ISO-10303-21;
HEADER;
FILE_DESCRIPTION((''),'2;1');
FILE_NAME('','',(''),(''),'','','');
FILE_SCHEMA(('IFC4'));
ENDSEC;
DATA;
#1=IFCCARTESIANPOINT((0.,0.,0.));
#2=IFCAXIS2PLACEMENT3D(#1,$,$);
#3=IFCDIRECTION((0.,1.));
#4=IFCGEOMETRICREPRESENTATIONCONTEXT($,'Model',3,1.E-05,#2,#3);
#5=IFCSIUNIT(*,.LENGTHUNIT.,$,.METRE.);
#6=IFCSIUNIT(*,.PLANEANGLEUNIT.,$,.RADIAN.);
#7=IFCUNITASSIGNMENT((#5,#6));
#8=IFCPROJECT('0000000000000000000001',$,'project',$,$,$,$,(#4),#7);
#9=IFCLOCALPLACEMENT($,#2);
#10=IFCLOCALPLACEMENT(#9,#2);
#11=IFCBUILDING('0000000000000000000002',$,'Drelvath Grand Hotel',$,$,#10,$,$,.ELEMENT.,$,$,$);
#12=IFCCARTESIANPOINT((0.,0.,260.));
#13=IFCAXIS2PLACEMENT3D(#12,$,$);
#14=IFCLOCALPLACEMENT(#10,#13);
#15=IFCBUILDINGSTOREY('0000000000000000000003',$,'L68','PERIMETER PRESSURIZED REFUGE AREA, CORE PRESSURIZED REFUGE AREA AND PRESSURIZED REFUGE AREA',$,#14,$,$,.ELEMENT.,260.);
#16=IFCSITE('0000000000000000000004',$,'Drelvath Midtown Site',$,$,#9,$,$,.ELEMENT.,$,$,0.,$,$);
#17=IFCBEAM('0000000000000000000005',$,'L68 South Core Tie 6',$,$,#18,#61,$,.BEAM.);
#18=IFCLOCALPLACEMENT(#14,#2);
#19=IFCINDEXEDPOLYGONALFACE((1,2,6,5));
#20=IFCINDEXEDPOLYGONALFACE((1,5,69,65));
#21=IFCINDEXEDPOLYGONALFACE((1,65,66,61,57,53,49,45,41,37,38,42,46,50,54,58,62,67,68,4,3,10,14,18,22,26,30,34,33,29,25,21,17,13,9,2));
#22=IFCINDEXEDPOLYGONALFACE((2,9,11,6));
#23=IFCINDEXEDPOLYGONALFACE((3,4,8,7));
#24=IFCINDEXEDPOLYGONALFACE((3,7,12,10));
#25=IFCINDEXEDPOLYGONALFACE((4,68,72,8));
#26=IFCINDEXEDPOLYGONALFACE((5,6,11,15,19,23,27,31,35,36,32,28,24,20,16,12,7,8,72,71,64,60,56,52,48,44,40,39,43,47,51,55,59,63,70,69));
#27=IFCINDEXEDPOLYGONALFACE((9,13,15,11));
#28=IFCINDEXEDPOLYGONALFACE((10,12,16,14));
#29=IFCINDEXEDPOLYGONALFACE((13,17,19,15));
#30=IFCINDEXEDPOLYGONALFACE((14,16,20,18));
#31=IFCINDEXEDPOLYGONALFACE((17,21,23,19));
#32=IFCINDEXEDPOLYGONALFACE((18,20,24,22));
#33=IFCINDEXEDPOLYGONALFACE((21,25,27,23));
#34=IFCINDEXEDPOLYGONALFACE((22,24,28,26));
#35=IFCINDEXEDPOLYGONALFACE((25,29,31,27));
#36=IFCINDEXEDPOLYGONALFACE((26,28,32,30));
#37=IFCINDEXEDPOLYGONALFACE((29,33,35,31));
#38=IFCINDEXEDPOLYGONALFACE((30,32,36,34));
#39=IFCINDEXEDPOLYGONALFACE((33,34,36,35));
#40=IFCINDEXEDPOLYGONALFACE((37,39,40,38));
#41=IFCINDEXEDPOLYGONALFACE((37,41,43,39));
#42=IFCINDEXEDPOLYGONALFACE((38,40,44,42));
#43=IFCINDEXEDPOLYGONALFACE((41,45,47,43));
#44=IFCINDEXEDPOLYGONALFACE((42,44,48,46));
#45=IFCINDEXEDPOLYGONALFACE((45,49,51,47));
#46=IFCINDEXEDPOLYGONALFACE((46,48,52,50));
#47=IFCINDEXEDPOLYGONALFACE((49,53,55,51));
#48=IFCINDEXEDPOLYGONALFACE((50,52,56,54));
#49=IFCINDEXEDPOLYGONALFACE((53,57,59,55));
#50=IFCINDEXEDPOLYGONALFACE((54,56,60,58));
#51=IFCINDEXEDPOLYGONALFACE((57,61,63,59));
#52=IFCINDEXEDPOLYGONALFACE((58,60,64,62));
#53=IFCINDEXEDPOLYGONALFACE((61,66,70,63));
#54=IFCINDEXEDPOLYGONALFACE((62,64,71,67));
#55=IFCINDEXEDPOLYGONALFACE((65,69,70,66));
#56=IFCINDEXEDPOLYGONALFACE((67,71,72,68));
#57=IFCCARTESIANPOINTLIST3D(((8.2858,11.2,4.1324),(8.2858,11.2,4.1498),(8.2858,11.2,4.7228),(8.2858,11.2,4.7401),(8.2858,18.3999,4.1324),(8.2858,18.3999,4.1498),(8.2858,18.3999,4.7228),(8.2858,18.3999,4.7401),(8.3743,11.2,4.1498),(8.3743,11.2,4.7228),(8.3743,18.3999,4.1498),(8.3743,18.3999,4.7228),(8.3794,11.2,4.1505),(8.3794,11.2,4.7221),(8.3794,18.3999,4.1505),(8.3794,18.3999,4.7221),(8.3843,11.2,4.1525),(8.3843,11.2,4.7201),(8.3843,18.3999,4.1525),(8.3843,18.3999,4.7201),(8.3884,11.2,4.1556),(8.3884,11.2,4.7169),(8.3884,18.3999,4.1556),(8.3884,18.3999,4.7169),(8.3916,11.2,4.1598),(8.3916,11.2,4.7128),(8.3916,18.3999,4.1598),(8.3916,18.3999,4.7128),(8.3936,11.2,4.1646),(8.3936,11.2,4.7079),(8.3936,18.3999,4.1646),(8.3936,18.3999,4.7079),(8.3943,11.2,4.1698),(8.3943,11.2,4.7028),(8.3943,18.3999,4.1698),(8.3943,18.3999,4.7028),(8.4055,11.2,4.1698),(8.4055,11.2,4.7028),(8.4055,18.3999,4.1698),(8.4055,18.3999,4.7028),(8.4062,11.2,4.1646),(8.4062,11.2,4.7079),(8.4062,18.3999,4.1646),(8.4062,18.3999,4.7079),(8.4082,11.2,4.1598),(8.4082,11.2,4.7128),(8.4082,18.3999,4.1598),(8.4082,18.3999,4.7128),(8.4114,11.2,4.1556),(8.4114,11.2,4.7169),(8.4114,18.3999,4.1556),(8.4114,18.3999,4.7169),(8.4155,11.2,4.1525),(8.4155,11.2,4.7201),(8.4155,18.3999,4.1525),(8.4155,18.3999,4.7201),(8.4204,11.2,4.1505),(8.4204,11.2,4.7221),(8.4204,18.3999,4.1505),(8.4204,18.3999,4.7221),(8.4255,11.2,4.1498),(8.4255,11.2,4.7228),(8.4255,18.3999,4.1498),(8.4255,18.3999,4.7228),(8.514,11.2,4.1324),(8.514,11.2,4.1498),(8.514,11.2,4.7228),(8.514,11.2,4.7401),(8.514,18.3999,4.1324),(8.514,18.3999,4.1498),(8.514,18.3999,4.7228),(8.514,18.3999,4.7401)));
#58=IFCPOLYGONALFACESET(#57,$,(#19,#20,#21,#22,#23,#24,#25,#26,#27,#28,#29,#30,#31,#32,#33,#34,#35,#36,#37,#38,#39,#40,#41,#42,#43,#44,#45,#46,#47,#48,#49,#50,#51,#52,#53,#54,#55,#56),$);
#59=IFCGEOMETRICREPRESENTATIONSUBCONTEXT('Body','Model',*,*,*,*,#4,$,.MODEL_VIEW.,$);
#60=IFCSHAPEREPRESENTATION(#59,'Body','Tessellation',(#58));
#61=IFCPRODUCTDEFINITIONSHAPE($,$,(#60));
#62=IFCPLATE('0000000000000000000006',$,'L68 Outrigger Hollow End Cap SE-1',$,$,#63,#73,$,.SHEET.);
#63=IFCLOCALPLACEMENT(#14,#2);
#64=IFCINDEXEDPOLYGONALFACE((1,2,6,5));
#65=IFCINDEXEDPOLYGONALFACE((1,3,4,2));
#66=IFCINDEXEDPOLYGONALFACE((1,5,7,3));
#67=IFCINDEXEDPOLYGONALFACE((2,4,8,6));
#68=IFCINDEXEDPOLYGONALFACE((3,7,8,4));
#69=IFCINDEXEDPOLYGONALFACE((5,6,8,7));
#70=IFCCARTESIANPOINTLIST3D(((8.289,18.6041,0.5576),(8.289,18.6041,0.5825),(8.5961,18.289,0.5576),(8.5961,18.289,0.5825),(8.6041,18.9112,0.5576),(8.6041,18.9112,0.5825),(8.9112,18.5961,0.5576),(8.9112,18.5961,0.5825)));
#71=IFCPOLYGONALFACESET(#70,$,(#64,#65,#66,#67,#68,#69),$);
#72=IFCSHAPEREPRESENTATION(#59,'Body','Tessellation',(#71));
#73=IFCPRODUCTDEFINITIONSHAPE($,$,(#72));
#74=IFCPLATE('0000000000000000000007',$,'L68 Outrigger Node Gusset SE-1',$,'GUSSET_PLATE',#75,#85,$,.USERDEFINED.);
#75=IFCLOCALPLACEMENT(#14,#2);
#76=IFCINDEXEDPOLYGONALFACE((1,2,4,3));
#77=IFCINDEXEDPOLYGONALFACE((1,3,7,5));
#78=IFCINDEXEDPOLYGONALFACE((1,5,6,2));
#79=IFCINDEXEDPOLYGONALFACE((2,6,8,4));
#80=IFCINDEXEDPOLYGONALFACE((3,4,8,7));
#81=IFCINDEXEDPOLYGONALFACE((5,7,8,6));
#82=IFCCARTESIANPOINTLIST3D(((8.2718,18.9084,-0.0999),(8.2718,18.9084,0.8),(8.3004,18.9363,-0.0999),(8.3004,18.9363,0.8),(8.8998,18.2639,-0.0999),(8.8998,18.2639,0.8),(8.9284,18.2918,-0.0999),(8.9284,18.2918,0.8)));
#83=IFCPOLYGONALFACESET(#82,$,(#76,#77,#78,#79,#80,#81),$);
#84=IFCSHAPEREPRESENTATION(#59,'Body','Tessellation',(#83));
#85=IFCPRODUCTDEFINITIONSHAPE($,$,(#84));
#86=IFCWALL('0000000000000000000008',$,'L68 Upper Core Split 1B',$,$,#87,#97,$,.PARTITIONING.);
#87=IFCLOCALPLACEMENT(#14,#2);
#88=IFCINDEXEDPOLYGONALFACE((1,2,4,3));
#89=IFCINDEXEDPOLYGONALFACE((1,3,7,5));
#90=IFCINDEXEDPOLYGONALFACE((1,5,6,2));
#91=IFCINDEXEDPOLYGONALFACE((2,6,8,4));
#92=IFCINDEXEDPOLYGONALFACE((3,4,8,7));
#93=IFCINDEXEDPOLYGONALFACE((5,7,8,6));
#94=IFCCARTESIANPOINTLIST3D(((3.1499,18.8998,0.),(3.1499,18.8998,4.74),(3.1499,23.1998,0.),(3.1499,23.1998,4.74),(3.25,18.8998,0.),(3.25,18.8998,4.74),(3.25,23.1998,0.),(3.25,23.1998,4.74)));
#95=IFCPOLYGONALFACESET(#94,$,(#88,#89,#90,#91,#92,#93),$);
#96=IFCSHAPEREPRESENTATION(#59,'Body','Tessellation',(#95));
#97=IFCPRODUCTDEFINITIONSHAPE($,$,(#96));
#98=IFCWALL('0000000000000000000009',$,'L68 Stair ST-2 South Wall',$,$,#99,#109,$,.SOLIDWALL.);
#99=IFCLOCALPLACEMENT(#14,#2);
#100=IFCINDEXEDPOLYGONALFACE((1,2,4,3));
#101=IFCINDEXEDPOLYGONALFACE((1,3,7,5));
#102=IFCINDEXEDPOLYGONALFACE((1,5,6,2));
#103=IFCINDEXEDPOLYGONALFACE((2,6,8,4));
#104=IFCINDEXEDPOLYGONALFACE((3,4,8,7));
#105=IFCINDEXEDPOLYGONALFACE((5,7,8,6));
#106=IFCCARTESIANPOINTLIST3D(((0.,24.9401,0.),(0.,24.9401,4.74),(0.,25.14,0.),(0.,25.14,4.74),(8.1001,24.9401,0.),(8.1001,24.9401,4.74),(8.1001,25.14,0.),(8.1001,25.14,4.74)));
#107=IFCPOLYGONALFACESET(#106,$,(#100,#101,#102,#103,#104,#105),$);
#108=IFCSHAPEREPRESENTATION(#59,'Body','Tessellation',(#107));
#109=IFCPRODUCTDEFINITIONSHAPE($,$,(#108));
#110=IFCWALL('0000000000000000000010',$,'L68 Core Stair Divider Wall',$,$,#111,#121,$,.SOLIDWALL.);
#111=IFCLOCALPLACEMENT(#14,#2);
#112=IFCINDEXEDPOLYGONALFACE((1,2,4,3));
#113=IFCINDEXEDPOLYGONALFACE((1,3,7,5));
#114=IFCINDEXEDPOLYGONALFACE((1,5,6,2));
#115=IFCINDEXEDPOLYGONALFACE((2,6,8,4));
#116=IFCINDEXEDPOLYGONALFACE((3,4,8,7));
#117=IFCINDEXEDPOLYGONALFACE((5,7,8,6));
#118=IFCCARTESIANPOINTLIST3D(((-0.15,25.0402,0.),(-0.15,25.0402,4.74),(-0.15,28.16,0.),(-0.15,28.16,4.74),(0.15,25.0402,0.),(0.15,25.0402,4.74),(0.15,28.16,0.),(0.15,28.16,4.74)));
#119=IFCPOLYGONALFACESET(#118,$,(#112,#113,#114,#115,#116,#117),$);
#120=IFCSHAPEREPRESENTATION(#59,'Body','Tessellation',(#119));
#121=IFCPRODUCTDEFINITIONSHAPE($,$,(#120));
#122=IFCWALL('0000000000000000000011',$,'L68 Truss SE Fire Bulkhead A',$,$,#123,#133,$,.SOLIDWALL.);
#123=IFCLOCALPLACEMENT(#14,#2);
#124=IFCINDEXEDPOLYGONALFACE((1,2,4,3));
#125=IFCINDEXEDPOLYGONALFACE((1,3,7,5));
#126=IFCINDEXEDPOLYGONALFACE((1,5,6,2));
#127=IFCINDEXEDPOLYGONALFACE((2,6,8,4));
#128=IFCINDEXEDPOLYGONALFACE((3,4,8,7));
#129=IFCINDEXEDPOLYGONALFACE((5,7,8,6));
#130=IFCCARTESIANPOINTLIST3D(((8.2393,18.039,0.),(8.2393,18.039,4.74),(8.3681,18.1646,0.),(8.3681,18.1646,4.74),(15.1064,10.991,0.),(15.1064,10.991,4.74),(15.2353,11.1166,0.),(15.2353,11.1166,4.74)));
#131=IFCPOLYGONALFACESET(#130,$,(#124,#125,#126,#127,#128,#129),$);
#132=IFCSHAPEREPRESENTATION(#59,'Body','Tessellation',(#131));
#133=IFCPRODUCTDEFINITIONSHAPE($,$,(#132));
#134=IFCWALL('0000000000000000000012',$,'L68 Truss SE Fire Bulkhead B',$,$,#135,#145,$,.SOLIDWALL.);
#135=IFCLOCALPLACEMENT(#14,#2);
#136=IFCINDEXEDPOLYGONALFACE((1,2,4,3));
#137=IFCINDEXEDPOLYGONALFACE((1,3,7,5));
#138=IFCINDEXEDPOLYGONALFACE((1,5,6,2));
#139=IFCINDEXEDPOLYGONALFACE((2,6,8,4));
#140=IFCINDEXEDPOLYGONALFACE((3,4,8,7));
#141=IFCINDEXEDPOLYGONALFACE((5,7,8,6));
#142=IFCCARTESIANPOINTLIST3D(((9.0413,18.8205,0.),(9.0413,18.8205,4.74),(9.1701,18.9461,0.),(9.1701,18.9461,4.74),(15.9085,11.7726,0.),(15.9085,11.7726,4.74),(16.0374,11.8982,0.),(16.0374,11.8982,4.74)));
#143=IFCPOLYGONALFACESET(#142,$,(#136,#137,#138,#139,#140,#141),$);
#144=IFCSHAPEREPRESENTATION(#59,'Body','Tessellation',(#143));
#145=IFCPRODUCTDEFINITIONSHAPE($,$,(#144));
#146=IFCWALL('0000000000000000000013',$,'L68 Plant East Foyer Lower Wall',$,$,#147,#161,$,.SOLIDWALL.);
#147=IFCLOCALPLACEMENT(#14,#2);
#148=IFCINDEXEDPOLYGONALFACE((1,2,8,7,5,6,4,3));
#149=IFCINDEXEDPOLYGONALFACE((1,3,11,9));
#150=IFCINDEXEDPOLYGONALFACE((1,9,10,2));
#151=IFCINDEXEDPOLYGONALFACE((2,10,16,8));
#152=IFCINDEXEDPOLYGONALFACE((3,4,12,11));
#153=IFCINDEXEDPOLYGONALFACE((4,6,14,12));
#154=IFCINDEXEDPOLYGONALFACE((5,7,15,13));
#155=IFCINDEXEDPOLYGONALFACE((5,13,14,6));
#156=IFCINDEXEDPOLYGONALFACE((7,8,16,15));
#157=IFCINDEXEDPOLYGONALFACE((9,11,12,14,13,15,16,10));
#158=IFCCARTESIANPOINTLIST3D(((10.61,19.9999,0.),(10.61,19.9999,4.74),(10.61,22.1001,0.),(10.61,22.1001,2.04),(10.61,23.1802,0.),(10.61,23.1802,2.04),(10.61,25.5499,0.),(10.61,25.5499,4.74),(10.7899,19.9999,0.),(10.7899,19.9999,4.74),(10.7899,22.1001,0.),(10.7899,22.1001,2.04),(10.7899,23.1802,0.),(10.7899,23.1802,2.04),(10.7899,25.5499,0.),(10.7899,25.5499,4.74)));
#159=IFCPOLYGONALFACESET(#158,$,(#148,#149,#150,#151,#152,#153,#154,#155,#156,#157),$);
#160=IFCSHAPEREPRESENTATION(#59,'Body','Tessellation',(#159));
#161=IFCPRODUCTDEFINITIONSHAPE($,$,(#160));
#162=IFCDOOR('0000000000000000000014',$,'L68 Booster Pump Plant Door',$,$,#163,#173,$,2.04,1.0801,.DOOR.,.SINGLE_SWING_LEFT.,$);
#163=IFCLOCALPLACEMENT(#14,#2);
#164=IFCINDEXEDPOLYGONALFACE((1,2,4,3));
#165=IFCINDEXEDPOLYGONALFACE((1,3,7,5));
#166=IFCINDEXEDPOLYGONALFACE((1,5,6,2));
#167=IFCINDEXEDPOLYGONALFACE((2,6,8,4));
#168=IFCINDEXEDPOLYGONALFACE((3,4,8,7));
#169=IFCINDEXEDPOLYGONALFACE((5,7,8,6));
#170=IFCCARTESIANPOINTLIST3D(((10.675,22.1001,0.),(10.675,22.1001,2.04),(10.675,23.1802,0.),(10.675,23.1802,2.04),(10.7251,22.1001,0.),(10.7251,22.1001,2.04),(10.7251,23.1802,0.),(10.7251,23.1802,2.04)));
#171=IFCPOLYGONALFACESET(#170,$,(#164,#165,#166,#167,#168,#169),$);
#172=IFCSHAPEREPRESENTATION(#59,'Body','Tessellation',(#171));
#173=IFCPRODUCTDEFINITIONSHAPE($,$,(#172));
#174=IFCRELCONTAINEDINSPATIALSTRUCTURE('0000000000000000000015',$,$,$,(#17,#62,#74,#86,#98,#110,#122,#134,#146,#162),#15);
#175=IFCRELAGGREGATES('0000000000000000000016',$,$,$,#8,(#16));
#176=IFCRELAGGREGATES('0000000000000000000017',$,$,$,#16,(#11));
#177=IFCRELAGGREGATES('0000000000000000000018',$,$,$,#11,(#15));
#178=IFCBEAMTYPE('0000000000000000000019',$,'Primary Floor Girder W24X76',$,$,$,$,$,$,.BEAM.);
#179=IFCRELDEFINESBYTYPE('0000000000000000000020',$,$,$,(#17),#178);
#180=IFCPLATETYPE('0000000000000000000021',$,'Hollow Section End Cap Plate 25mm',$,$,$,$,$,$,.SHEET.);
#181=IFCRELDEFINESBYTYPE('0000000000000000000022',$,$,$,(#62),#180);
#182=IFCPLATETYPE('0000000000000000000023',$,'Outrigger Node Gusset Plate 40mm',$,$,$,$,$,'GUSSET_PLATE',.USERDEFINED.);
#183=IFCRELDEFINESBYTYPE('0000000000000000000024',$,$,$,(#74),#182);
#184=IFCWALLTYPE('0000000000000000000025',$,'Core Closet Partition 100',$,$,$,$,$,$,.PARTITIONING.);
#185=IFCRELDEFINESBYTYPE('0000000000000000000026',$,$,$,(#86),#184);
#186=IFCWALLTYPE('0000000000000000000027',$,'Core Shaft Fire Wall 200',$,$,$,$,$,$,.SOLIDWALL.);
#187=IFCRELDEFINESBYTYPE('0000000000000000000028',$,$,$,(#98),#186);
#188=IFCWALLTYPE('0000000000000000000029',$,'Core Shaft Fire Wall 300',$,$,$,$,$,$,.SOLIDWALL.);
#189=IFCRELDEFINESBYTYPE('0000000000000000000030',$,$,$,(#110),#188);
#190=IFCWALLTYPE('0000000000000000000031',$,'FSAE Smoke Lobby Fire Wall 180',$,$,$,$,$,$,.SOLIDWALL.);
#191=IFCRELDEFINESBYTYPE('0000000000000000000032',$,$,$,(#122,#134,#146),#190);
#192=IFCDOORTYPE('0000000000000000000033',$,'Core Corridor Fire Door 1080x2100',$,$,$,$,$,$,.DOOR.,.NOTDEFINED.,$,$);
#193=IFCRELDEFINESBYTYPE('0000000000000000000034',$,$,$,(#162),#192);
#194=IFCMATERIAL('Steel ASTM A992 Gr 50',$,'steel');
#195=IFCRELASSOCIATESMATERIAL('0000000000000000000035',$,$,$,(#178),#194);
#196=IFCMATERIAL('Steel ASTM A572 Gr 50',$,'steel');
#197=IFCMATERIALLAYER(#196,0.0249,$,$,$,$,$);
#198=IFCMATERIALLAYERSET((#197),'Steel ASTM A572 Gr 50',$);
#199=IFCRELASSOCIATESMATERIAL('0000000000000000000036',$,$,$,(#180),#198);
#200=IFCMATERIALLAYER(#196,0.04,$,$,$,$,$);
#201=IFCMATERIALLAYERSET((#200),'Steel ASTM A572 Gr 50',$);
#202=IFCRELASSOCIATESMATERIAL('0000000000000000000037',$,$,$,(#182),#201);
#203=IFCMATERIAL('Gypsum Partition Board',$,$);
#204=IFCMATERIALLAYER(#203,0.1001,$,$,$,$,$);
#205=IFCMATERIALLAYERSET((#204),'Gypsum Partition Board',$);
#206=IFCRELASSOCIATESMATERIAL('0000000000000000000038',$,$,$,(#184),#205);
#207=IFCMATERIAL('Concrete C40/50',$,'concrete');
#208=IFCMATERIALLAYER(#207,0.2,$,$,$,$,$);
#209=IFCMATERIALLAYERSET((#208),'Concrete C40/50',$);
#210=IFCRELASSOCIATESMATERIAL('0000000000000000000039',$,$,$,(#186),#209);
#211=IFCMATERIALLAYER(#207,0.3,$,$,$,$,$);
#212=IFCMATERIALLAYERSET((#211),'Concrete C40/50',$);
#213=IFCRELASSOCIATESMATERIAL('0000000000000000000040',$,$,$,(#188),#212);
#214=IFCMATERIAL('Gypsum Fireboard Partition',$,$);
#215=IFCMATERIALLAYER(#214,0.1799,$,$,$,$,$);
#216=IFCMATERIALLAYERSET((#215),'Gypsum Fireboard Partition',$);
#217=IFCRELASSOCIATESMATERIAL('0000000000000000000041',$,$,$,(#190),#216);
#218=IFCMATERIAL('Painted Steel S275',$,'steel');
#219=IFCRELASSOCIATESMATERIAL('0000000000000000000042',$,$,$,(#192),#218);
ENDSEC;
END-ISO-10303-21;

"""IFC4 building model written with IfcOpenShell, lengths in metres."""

from ifc_helpers import new_model, si_unit, direction, frame, frame_2d, origin, origin_2d, place, context, subcontext, project, spatial, rectangle, i_section, extrude, material, layer, layer_set, material_profile, profile_set, type_object, element, fill, save


model = new_model("IFC4")

# Units and contexts
model_context = context("Model", 3, precision=1e-05, world=origin(), true_north=direction((0.0, 1.0)))
body_context = subcontext(model_context, "Body", "Model", "MODEL_VIEW")
ifc_project = project(units=[si_unit("LENGTHUNIT", "METRE"), si_unit("PLANEANGLEUNIT", "RADIAN")], contexts=[model_context])

# Site, building, storey
site_placement = place(None, origin())
site = spatial("IfcSite", under=ifc_project, at=site_placement, Name="Drelvath Midtown Site", CompositionType="ELEMENT", RefElevation=0.0)
building_placement = place(site_placement, origin())
building = spatial("IfcBuilding", under=site, at=building_placement, Name="Drelvath Grand Hotel", CompositionType="ELEMENT")
storey_placement = place(building_placement, frame((0.0, 0.0, 260.0)))
storey = spatial("IfcBuildingStorey", under=building, at=storey_placement, Name="L68", Description="PERIMETER PRESSURIZED REFUGE AREA, CORE PRESSURIZED REFUGE AREA AND PRESSURIZED REFUGE AREA", CompositionType="ELEMENT", Elevation=260.0)

# Beam
ifc_material_1 = material(Name="Steel ASTM A992 Gr 50", Category="steel")
ifc_material_profile_1 = material_profile(ifc_material_1, i_section(OverallWidth=0.2283, OverallDepth=0.6077, WebThickness=0.0112, FlangeThickness=0.0173, FilletRadius=0.02, at=origin_2d()), Name="W24X76")
ifc_profile_set_1 = profile_set([ifc_material_profile_1], Name="Steel ASTM A992 Gr 50")
beam_type_1 = type_object("IfcBeamType", Name="Primary Floor Girder W24X76", PredefinedType="BEAM", material=ifc_profile_set_1)
for number, where, z_axis, x_axis, name in (
    (1, (8.3999, 11.2, 4.4363), (0.0, 1.0, 0.0), (-1.0, 0.0, 0.0), "L68 South Core Tie 6"),
):
    element("IfcBeam", number, at=place(storey_placement, frame(where, z_axis=z_axis, x_axis=x_axis)), inside=storey, type_object=beam_type_1, Name=name, PredefinedType="BEAM", context=body_context, shape_type="SweptSolid", body=[
        extrude(i_section(OverallWidth=0.2283, OverallDepth=0.6077, WebThickness=0.0112, FlangeThickness=0.0173, FilletRadius=0.02, at=origin_2d()), origin(), (0.0, 0.0, 1.0), 7.2),
    ])

# Plates
ifc_material_2 = material(Name="Steel ASTM A572 Gr 50", Category="steel")
ifc_layer_1 = layer(ifc_material_2, 0.0249)
ifc_layer_set_1 = layer_set([ifc_layer_1], Name="Steel ASTM A572 Gr 50")
plate_type_1 = type_object("IfcPlateType", Name="Hollow Section End Cap Plate 25mm", PredefinedType="SHEET", material=ifc_layer_set_1)
plate_1_placement = place(storey_placement, frame((8.6001, 18.6001, 0.5576), z_axis=(0.0, 0.0, 1.0), x_axis=(0.697865, -0.71623, 0.0)))
element("IfcPlate", 2, at=plate_1_placement, inside=storey, type_object=plate_type_1, Name="L68 Outrigger Hollow End Cap SE-1", PredefinedType="SHEET", context=body_context, shape_type="SweptSolid", body=[
    extrude(rectangle(XDim=0.4399, YDim=0.4399, at=origin_2d()), origin(), (0.0, 0.0, 1.0), 0.0249),
])
ifc_layer_2 = layer(ifc_material_2, 0.04)
ifc_layer_set_2 = layer_set([ifc_layer_2], Name="Steel ASTM A572 Gr 50")
plate_type_2 = type_object("IfcPlateType", Name="Outrigger Node Gusset Plate 40mm", ElementType="GUSSET_PLATE", PredefinedType="USERDEFINED", material=ifc_layer_set_2)
plate_2_placement = place(storey_placement, frame((8.6001, 18.6001, -0.0999), z_axis=(0.0, 0.0, 1.0), x_axis=(0.697865, -0.71623, 0.0)))
element("IfcPlate", 3, at=plate_2_placement, inside=storey, type_object=plate_type_2, Name="L68 Outrigger Node Gusset SE-1", ObjectType="GUSSET_PLATE", PredefinedType="USERDEFINED", context=body_context, shape_type="SweptSolid", body=[
    extrude(rectangle(XDim=0.8999, YDim=0.04, at=origin_2d()), origin(), (0.0, 0.0, 1.0), 0.8999),
])

# Walls
ifc_material_3 = material(Name="Gypsum Partition Board")
ifc_layer_3 = layer(ifc_material_3, 0.1001)
ifc_layer_set_3 = layer_set([ifc_layer_3], Name="Gypsum Partition Board")
wall_type_1 = type_object("IfcWallType", Name="Core Closet Partition 100", PredefinedType="PARTITIONING", material=ifc_layer_set_3)
wall_1_placement = place(storey_placement, frame((3.2, 18.8999, 0.0), z_axis=(0.0, 0.0, 1.0), x_axis=(0.0, 1.0, 0.0)))
element("IfcWall", 4, at=wall_1_placement, inside=storey, type_object=wall_type_1, Name="L68 Upper Core Split 1B", PredefinedType="PARTITIONING", context=body_context, shape_type="SweptSolid", body=[
    extrude(rectangle(XDim=4.3, YDim=0.1001, at=frame_2d((2.1499, 0.0))), origin(), (0.0, 0.0, 1.0), 4.74),
])
ifc_material_4 = material(Name="Concrete C40/50", Category="concrete")
ifc_layer_4 = layer(ifc_material_4, 0.2)
ifc_layer_set_4 = layer_set([ifc_layer_4], Name="Concrete C40/50")
wall_type_2 = type_object("IfcWallType", Name="Core Shaft Fire Wall 200", PredefinedType="SOLIDWALL", material=ifc_layer_set_4)
wall_2_placement = place(storey_placement, frame((0.0, 25.04, 0.0), z_axis=(0.0, 0.0, 1.0), x_axis=(1.0, 0.0, 0.0)))
element("IfcWall", 5, at=wall_2_placement, inside=storey, type_object=wall_type_2, Name="L68 Stair ST-2 South Wall", PredefinedType="SOLIDWALL", context=body_context, shape_type="SweptSolid", body=[
    extrude(rectangle(XDim=8.1001, YDim=0.2, at=frame_2d((4.05, 0.0))), origin(), (0.0, 0.0, 1.0), 4.74),
])
ifc_layer_5 = layer(ifc_material_4, 0.3)
ifc_layer_set_5 = layer_set([ifc_layer_5], Name="Concrete C40/50")
wall_type_3 = type_object("IfcWallType", Name="Core Shaft Fire Wall 300", PredefinedType="SOLIDWALL", material=ifc_layer_set_5)
wall_3_placement = place(storey_placement, frame((0.0, 25.04, 0.0), z_axis=(0.0, 0.0, 1.0), x_axis=(0.0, 1.0, 0.0)))
element("IfcWall", 6, at=wall_3_placement, inside=storey, type_object=wall_type_3, Name="L68 Core Stair Divider Wall", PredefinedType="SOLIDWALL", context=body_context, shape_type="SweptSolid", body=[
    extrude(rectangle(XDim=3.1199, YDim=0.3, at=frame_2d((1.5601, 0.0))), origin(), (0.0, 0.0, 1.0), 4.74),
])
ifc_material_5 = material(Name="Gypsum Fireboard Partition")
ifc_layer_6 = layer(ifc_material_5, 0.1799)
ifc_layer_set_6 = layer_set([ifc_layer_6], Name="Gypsum Fireboard Partition")
wall_type_4 = type_object("IfcWallType", Name="FSAE Smoke Lobby Fire Wall 180", PredefinedType="SOLIDWALL", material=ifc_layer_set_6)
for number, where, z_axis, x_axis, name in (
    (7, (8.3037, 18.1018, 0.0), (0.0, 0.0, 1.0), (0.697855, -0.716239, 0.0), "L68 Truss SE Fire Bulkhead A"),
    (8, (9.1057, 18.8833, 0.0), (0.0, 0.0, 1.0), (0.697867, -0.716227, 0.0), "L68 Truss SE Fire Bulkhead B"),
):
    element("IfcWall", number, at=place(storey_placement, frame(where, z_axis=z_axis, x_axis=x_axis)), inside=storey, type_object=wall_type_4, Name=name, PredefinedType="SOLIDWALL", context=body_context, shape_type="SweptSolid", body=[
        extrude(rectangle(XDim=9.8403, YDim=0.1799, at=frame_2d((4.9202, 0.0))), origin(), (0.0, 0.0, 1.0), 4.74),
    ])

# Wall, opening, door
wall_4_placement = place(storey_placement, frame((10.7, 20.0, 0.0), z_axis=(0.0, 0.0, 1.0), x_axis=(0.0, 1.0, 0.0)))
wall_4 = element("IfcWall", 9, at=wall_4_placement, inside=storey, type_object=wall_type_4, Name="L68 Plant East Foyer Lower Wall", PredefinedType="SOLIDWALL", context=body_context, shape_type="SweptSolid", body=[
    extrude(rectangle(XDim=5.55, YDim=0.1799, at=frame_2d((2.7749, 0.0))), origin(), (0.0, 0.0, 1.0), 4.74),
])
opening_placement = place(wall_4_placement, frame((2.1001, 0.0, 0.0)))
opening = element("IfcOpeningElement", 10, at=opening_placement, cuts=wall_4, PredefinedType="OPENING", context=body_context, shape_type="SweptSolid", body=[
    extrude(rectangle(XDim=1.0801, YDim=2.04, at=frame_2d((0.54, 1.02))), frame((0.0, 0.0999, 0.0), z_axis=(0.0, -1.0, 0.0), x_axis=(1.0, 0.0, 0.0)), (0.0, 0.0, 1.0), 0.2),
])
ifc_material_6 = material(Name="Painted Steel S275", Category="steel")
door_type = type_object("IfcDoorType", Name="Core Corridor Fire Door 1080x2100", OperationType="NOTDEFINED", PredefinedType="DOOR", material=ifc_material_6)
door_placement = place(opening_placement, origin())
door = element("IfcDoor", 11, at=door_placement, inside=storey, type_object=door_type, Name="L68 Booster Pump Plant Door", OperationType="SINGLE_SWING_LEFT", OverallHeight=2.04, OverallWidth=1.0801, PredefinedType="DOOR", context=body_context, shape_type="SweptSolid", body=[
    extrude(rectangle(XDim=1.0801, YDim=2.04, at=frame_2d((0.54, 1.02))), frame((0.0, 0.0249, 0.0), z_axis=(0.0, -1.0, 0.0), x_axis=(1.0, 0.0, 0.0)), (0.0, 0.0, 1.0), 0.05),
])
fill(opening, door)

save(model, "model.ifc")
